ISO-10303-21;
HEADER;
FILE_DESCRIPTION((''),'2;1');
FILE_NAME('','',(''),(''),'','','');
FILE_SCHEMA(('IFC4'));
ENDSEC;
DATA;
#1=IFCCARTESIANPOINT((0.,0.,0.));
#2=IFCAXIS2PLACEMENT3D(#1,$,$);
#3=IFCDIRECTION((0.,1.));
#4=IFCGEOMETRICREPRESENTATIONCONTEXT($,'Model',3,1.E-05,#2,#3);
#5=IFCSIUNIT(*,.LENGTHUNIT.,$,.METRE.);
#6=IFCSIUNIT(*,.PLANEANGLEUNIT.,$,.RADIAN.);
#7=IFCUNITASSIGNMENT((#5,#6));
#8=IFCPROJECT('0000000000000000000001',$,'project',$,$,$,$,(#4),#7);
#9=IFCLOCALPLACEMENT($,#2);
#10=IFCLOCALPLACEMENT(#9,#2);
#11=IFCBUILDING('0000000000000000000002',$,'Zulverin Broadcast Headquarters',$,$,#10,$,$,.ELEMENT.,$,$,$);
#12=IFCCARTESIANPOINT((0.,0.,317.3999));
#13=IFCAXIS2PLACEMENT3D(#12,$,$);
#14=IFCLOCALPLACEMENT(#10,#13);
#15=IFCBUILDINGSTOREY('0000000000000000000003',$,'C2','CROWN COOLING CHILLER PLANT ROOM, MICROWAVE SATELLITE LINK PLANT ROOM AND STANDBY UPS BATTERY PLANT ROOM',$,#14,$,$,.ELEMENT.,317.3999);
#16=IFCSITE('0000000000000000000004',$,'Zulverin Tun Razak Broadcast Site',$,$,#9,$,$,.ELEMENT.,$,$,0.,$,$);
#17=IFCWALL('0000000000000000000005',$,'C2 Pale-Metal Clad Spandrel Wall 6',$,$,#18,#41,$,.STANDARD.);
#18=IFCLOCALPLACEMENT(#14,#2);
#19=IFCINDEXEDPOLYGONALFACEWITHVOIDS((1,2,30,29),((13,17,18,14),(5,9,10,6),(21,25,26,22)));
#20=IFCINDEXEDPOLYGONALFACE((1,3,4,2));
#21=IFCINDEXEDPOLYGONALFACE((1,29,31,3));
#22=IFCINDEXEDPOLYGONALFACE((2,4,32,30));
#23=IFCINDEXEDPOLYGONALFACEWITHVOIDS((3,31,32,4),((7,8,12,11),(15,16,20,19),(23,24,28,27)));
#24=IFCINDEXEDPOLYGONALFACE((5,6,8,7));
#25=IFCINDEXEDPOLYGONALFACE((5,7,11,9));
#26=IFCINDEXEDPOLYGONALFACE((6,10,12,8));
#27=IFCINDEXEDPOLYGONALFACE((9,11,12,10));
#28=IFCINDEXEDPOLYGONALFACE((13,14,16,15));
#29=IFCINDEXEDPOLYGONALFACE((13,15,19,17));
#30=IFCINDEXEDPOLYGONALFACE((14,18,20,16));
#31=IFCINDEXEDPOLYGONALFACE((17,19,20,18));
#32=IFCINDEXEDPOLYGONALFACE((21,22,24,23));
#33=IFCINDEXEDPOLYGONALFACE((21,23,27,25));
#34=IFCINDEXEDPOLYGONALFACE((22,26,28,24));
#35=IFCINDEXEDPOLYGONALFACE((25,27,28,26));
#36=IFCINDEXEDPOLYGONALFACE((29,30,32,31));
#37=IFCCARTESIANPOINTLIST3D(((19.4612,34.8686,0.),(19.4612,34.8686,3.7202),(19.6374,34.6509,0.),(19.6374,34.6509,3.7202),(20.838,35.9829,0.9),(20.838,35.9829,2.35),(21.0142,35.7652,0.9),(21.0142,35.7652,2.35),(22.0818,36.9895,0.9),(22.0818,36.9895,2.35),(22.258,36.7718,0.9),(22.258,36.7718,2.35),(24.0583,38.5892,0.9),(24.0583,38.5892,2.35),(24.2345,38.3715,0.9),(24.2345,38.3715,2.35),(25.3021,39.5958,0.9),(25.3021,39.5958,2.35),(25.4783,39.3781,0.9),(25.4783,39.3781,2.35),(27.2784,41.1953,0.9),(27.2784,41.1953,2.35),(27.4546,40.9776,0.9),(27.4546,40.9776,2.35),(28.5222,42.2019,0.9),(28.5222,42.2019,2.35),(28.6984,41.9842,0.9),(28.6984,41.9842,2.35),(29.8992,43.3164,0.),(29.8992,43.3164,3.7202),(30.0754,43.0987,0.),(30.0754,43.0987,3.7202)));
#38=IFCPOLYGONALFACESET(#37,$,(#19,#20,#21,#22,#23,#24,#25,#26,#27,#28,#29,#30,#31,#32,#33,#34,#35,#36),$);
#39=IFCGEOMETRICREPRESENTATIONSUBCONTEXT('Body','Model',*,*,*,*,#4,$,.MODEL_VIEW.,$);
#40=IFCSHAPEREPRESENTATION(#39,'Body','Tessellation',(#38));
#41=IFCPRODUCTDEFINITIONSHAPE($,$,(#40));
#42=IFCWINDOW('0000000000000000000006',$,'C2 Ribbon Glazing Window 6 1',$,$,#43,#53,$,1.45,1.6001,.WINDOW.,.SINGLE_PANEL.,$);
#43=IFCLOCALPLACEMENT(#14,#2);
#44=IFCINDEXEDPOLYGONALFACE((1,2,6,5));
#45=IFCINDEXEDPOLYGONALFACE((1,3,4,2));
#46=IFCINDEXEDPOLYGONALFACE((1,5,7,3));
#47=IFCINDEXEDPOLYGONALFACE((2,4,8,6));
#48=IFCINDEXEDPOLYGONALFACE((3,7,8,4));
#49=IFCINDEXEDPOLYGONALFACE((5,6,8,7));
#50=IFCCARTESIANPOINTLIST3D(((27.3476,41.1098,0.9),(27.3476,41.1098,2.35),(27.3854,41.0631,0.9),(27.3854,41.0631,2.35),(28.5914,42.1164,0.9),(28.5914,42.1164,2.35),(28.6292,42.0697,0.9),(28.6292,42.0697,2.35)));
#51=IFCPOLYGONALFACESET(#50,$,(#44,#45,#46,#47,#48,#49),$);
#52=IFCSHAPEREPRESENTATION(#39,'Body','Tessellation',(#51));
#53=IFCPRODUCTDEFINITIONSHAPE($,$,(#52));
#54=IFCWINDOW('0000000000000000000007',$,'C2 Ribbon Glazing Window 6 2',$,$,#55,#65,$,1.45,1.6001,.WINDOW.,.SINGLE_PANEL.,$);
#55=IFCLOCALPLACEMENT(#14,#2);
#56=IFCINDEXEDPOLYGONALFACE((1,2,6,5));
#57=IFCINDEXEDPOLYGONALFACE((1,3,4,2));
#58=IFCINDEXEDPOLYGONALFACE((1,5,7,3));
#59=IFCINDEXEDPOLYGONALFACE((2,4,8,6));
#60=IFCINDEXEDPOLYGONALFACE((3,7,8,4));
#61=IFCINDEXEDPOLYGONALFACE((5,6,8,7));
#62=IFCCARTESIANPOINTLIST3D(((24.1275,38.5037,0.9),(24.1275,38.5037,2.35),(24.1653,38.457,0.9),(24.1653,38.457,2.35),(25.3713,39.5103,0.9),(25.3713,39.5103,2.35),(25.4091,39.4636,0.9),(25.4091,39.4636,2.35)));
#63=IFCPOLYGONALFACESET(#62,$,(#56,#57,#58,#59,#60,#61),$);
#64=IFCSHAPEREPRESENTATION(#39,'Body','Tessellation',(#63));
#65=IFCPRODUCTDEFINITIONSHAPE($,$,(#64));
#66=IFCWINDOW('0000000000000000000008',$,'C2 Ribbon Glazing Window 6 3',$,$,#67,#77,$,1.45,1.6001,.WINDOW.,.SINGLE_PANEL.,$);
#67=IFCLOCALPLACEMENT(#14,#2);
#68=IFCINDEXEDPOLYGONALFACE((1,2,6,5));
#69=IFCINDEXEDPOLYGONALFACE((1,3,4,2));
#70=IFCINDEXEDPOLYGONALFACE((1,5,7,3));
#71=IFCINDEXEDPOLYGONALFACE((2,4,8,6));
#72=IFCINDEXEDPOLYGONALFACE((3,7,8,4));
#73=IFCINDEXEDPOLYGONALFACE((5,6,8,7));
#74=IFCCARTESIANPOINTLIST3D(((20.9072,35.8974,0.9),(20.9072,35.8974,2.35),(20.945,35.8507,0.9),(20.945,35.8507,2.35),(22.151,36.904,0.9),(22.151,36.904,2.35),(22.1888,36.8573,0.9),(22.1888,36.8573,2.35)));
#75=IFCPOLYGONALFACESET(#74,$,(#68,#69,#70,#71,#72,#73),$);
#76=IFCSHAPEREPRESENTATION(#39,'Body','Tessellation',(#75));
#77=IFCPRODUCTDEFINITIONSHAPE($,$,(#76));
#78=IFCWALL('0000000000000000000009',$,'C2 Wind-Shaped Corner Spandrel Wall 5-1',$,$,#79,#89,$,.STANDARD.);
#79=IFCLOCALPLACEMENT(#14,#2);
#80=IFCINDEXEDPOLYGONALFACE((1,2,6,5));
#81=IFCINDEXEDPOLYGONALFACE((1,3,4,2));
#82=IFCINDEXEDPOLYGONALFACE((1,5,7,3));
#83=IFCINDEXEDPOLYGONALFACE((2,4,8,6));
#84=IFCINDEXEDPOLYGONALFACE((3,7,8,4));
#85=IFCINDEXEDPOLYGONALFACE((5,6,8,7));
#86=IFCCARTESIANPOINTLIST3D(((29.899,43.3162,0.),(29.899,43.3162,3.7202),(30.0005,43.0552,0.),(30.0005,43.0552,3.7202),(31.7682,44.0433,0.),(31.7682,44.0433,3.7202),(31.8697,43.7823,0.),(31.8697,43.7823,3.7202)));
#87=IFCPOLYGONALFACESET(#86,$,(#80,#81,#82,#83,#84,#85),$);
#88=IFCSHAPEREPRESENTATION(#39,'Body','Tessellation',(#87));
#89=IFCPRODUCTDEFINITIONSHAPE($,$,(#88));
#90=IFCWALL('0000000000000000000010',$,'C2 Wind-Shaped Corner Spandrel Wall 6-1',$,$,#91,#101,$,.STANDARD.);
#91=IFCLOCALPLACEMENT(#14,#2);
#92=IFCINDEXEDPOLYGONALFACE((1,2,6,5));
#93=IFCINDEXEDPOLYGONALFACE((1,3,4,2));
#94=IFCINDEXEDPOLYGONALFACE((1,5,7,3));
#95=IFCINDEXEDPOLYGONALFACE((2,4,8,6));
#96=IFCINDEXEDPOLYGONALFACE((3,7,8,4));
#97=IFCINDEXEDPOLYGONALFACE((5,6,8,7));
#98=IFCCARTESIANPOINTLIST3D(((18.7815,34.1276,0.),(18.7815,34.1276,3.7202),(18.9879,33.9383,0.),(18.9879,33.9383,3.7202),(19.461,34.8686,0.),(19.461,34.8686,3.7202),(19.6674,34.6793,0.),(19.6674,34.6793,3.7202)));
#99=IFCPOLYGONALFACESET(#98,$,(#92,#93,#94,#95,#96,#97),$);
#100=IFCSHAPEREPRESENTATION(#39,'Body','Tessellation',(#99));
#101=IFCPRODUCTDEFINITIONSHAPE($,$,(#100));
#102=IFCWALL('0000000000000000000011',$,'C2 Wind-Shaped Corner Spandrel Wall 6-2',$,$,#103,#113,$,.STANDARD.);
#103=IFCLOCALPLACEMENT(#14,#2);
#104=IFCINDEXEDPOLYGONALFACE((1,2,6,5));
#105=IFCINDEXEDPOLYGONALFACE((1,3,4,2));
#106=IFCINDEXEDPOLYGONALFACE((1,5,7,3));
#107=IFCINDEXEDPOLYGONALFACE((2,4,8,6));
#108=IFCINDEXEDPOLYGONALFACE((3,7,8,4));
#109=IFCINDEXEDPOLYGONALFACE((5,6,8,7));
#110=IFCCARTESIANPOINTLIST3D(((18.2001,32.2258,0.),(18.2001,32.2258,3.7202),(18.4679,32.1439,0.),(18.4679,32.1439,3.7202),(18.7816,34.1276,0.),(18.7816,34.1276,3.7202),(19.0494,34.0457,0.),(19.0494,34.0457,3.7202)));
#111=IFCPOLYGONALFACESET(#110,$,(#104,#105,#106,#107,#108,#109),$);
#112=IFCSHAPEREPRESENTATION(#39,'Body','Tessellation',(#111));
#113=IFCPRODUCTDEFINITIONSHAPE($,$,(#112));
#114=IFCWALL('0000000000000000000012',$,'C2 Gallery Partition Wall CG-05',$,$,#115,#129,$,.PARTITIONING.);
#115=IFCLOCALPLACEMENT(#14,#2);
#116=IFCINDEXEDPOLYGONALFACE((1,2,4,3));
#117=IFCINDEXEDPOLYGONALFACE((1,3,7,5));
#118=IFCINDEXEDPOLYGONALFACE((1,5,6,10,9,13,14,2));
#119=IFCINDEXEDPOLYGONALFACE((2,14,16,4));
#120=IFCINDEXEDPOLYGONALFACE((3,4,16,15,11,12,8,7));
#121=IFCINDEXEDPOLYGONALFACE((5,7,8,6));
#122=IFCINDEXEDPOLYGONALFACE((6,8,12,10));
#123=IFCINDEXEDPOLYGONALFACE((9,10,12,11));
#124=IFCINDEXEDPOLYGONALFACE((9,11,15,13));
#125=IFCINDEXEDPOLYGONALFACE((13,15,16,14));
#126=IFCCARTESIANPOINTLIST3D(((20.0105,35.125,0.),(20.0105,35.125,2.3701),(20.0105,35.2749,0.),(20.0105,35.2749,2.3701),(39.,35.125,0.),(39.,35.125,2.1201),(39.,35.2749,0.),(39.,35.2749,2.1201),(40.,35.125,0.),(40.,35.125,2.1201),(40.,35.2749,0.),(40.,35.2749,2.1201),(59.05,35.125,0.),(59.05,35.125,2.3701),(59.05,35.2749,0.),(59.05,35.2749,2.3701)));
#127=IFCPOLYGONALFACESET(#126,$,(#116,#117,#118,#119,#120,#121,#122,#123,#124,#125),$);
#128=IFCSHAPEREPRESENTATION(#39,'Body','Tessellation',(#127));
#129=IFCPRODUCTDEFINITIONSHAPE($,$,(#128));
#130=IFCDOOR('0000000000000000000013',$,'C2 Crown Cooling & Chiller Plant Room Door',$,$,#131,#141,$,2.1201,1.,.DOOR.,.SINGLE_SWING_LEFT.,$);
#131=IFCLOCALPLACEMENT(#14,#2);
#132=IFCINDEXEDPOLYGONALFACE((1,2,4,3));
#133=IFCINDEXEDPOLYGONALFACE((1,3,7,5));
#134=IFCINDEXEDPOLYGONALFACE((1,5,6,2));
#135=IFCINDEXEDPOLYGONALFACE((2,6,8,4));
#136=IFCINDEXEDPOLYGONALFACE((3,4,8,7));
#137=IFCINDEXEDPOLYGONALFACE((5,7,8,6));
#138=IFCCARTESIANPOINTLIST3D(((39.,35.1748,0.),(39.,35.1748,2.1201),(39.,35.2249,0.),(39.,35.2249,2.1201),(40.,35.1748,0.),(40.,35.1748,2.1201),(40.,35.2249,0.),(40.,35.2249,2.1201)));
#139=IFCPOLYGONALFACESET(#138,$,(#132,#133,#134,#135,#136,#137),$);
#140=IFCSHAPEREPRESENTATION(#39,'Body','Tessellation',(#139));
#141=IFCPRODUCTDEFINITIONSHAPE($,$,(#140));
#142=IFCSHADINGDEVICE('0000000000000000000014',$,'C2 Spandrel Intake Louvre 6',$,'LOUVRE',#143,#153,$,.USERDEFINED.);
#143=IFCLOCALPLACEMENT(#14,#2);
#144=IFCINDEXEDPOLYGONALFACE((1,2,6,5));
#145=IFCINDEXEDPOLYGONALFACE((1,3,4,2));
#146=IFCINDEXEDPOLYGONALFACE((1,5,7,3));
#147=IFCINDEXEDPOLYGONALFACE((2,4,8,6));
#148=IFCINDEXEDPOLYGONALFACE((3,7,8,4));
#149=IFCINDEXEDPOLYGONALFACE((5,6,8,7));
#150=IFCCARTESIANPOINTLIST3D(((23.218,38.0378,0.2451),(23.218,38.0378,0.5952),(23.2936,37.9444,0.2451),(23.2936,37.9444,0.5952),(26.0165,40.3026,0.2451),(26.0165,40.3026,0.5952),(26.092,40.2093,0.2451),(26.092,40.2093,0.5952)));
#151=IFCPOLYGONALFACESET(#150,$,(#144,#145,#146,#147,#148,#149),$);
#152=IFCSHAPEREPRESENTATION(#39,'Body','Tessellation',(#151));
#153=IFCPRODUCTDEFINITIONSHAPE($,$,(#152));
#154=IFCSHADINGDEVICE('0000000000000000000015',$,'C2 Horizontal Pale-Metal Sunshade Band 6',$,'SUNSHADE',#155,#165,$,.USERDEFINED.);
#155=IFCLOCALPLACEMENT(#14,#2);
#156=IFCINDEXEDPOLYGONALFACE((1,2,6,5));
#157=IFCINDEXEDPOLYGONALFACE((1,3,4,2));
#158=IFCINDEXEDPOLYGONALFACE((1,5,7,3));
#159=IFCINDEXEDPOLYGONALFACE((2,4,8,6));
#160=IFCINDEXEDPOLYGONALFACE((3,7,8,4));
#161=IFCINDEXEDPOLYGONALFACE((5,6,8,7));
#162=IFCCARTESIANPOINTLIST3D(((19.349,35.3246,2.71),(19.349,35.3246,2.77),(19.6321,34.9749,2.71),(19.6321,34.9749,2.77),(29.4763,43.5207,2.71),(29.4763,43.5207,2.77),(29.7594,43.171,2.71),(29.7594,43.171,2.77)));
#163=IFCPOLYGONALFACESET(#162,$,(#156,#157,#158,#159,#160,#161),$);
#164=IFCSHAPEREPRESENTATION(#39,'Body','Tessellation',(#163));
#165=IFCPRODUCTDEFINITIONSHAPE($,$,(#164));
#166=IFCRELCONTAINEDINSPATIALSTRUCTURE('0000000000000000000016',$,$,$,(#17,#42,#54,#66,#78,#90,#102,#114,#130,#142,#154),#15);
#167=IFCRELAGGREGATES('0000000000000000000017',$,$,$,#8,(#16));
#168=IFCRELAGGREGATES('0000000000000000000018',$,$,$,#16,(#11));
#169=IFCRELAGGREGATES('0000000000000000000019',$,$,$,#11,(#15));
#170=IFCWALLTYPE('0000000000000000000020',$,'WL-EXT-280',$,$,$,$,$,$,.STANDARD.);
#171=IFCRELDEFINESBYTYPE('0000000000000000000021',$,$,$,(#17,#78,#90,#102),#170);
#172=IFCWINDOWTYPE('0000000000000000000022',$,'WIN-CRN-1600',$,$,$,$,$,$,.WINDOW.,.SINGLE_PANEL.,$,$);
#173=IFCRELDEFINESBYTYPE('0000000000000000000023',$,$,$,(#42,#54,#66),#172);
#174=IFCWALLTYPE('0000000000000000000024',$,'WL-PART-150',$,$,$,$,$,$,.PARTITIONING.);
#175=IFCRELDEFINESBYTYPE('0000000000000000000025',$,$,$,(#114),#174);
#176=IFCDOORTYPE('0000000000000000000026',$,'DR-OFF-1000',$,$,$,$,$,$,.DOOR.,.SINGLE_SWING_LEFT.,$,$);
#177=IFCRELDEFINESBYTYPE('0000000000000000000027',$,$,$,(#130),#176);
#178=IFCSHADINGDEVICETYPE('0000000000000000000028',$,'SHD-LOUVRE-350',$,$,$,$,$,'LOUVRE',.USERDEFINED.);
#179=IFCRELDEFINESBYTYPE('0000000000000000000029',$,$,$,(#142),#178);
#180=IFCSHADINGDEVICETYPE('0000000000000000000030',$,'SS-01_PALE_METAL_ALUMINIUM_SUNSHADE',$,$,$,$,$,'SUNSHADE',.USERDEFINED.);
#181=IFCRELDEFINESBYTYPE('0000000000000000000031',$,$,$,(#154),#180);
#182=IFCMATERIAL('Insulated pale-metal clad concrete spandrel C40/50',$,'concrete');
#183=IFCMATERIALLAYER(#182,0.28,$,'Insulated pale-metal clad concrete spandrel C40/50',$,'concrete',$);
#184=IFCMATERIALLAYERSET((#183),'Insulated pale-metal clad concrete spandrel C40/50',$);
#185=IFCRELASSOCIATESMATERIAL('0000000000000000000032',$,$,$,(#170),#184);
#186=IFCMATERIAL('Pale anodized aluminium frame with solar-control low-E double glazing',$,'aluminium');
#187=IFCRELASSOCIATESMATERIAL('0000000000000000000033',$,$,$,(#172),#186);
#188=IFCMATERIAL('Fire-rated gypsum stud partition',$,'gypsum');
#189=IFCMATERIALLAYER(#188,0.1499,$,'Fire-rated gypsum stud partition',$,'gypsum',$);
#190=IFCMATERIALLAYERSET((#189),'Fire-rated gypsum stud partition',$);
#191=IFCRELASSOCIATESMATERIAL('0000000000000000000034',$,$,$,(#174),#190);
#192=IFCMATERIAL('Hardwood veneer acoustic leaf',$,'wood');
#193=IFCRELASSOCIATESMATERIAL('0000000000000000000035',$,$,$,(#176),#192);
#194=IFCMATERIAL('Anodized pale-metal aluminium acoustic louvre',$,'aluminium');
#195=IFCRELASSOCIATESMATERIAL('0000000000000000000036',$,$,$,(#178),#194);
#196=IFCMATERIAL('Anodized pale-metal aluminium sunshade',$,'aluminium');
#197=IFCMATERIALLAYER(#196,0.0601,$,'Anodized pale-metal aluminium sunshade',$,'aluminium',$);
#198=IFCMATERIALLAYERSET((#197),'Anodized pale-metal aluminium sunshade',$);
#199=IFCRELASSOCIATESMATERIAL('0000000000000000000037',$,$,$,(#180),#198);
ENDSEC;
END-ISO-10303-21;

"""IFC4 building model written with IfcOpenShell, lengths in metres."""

from ifc_helpers import new_model, si_unit, direction, frame, frame_2d, origin, origin_2d, place, context, subcontext, project, spatial, rectangle, extrude, material, layer, layer_set, type_object, element, fill, save


model = new_model("IFC4")

# Units and contexts
model_context = context("Model", 3, precision=1e-05, world=origin(), true_north=direction((0.0, 1.0)))
body_context = subcontext(model_context, "Body", "Model", "MODEL_VIEW")
ifc_project = project(units=[si_unit("LENGTHUNIT", "METRE"), si_unit("PLANEANGLEUNIT", "RADIAN")], contexts=[model_context])

# Site, building, storey
site_placement = place(None, origin())
site = spatial("IfcSite", under=ifc_project, at=site_placement, Name="Zulverin Tun Razak Broadcast Site", CompositionType="ELEMENT", RefElevation=0.0)
building_placement = place(site_placement, origin())
building = spatial("IfcBuilding", under=site, at=building_placement, Name="Zulverin Broadcast Headquarters", CompositionType="ELEMENT")
storey_placement = place(building_placement, frame((0.0, 0.0, 317.3999)))
storey = spatial("IfcBuildingStorey", under=building, at=storey_placement, Name="C2", Description="CROWN COOLING CHILLER PLANT ROOM, MICROWAVE SATELLITE LINK PLANT ROOM AND STANDBY UPS BATTERY PLANT ROOM", CompositionType="ELEMENT", Elevation=317.3999)

# Wall, openings, windows
ifc_material_1 = material(Name="Insulated pale-metal clad concrete spandrel C40/50", Category="concrete")
ifc_layer_1 = layer(ifc_material_1, 0.28, Name="Insulated pale-metal clad concrete spandrel C40/50", Category="concrete")
ifc_layer_set_1 = layer_set([ifc_layer_1], Name="Insulated pale-metal clad concrete spandrel C40/50")
wall_type_1 = type_object("IfcWallType", Name="WL-EXT-280", PredefinedType="STANDARD", material=ifc_layer_set_1)
wall_1_placement = place(storey_placement, frame((29.9873, 43.2075, 0.0), z_axis=(0.0, 0.0, 1.0), x_axis=(-0.777319, -0.629106, 0.0)))
wall_1 = element("IfcWall", 1, at=wall_1_placement, inside=storey, type_object=wall_type_1, Name="C2 Pale-Metal Clad Spandrel Wall 6", PredefinedType="STANDARD", context=body_context, shape_type="SweptSolid", body=[
    extrude(rectangle(XDim=13.4282, YDim=0.28, at=frame_2d((6.7141, 0.0))), origin(), (0.0, 0.0, 1.0), 3.7202),
])
opening_1_placement = place(wall_1_placement, frame((1.7715, 0.0, 0.8999)))
opening_1 = element("IfcOpeningElement", 2, at=opening_1_placement, cuts=wall_1, PredefinedType="OPENING", context=body_context, shape_type="SweptSolid", body=[
    extrude(rectangle(XDim=1.6001, YDim=1.45, at=frame_2d((0.8, 0.7251))), frame((0.0, 0.1499, 0.0), z_axis=(0.0, -1.0, 0.0), x_axis=(1.0, 0.0, 0.0)), (0.0, 0.0, 1.0), 0.3),
])
opening_2_placement = place(wall_1_placement, frame((5.9141, 0.0, 0.8999)))
opening_2 = element("IfcOpeningElement", 3, at=opening_2_placement, cuts=wall_1, PredefinedType="OPENING", context=body_context, shape_type="SweptSolid", body=[
    extrude(rectangle(XDim=1.6001, YDim=1.45, at=frame_2d((0.8, 0.7251))), frame((0.0, 0.1499, 0.0), z_axis=(0.0, -1.0, 0.0), x_axis=(1.0, 0.0, 0.0)), (0.0, 0.0, 1.0), 0.3),
])
opening_3_placement = place(wall_1_placement, frame((10.0569, 0.0, 0.8999)))
opening_3 = element("IfcOpeningElement", 4, at=opening_3_placement, cuts=wall_1, PredefinedType="OPENING", context=body_context, shape_type="SweptSolid", body=[
    extrude(rectangle(XDim=1.6001, YDim=1.45, at=frame_2d((0.8, 0.7251))), frame((0.0, 0.1499, 0.0), z_axis=(0.0, -1.0, 0.0), x_axis=(1.0, 0.0, 0.0)), (0.0, 0.0, 1.0), 0.3),
])
ifc_material_2 = material(Name="Pale anodized aluminium frame with solar-control low-E double glazing", Category="aluminium")
window_type = type_object("IfcWindowType", Name="WIN-CRN-1600", PartitioningType="SINGLE_PANEL", PredefinedType="WINDOW", material=ifc_material_2)
window_1_placement = place(opening_1_placement, origin())
window_1 = element("IfcWindow", 5, at=window_1_placement, inside=storey, type_object=window_type, Name="C2 Ribbon Glazing Window 6 1", OverallHeight=1.45, OverallWidth=1.6001, PartitioningType="SINGLE_PANEL", PredefinedType="WINDOW", context=body_context, shape_type="SweptSolid", body=[
    extrude(rectangle(XDim=1.6001, YDim=1.45, at=frame_2d((0.8, 0.7251))), frame((0.0, 0.03, 0.0), z_axis=(0.0, -1.0, 0.0), x_axis=(1.0, 0.0, 0.0)), (0.0, 0.0, 1.0), 0.0601),
])
fill(opening_1, window_1)
window_2_placement = place(opening_2_placement, origin())
window_2 = element("IfcWindow", 6, at=window_2_placement, inside=storey, type_object=window_type, Name="C2 Ribbon Glazing Window 6 2", OverallHeight=1.45, OverallWidth=1.6001, PartitioningType="SINGLE_PANEL", PredefinedType="WINDOW", context=body_context, shape_type="SweptSolid", body=[
    extrude(rectangle(XDim=1.6001, YDim=1.45, at=frame_2d((0.8, 0.7251))), frame((0.0, 0.03, 0.0), z_axis=(0.0, -1.0, 0.0), x_axis=(1.0, 0.0, 0.0)), (0.0, 0.0, 1.0), 0.0601),
])
fill(opening_2, window_2)
window_3_placement = place(opening_3_placement, origin())
window_3 = element("IfcWindow", 7, at=window_3_placement, inside=storey, type_object=window_type, Name="C2 Ribbon Glazing Window 6 3", OverallHeight=1.45, OverallWidth=1.6001, PartitioningType="SINGLE_PANEL", PredefinedType="WINDOW", context=body_context, shape_type="SweptSolid", body=[
    extrude(rectangle(XDim=1.6001, YDim=1.45, at=frame_2d((0.8, 0.7251))), frame((0.0, 0.03, 0.0), z_axis=(0.0, -1.0, 0.0), x_axis=(1.0, 0.0, 0.0)), (0.0, 0.0, 1.0), 0.0601),
])
fill(opening_3, window_3)

# Walls
wall_2_placement = place(storey_placement, frame((31.8191, 43.9128, 0.0), z_axis=(0.0, 0.0, 1.0), x_axis=(-0.931977, -0.362517, 0.0)))
element("IfcWall", 8, at=wall_2_placement, inside=storey, type_object=wall_type_1, Name="C2 Wind-Shaped Corner Spandrel Wall 5-1", PredefinedType="STANDARD", context=body_context, shape_type="SweptSolid", body=[
    extrude(rectangle(XDim=2.0056, YDim=0.28, at=frame_2d((1.0029, 0.0))), origin(), (0.0, 0.0, 1.0), 3.7202),
])
wall_3_placement = place(storey_placement, frame((19.5642, 34.7739, 0.0), z_axis=(0.0, 0.0, 1.0), x_axis=(-0.675846, -0.737043, 0.0)))
element("IfcWall", 9, at=wall_3_placement, inside=storey, type_object=wall_type_1, Name="C2 Wind-Shaped Corner Spandrel Wall 6-1", PredefinedType="STANDARD", context=body_context, shape_type="SweptSolid", body=[
    extrude(rectangle(XDim=1.0054, YDim=0.28, at=frame_2d((0.5027, 0.0))), origin(), (0.0, 0.0, 1.0), 3.7202),
])
wall_4_placement = place(storey_placement, frame((18.9155, 34.0867, 0.0), z_axis=(0.0, 0.0, 1.0), x_axis=(-0.292412, -0.956292, 0.0)))
element("IfcWall", 10, at=wall_4_placement, inside=storey, type_object=wall_type_1, Name="C2 Wind-Shaped Corner Spandrel Wall 6-2", PredefinedType="STANDARD", context=body_context, shape_type="SweptSolid", body=[
    extrude(rectangle(XDim=1.9888, YDim=0.28, at=frame_2d((0.9944, 0.0))), origin(), (0.0, 0.0, 1.0), 3.7202),
])

# Wall, opening, door
ifc_material_3 = material(Name="Fire-rated gypsum stud partition", Category="gypsum")
ifc_layer_2 = layer(ifc_material_3, 0.1499, Name="Fire-rated gypsum stud partition", Category="gypsum")
ifc_layer_set_2 = layer_set([ifc_layer_2], Name="Fire-rated gypsum stud partition")
wall_type_2 = type_object("IfcWallType", Name="WL-PART-150", PredefinedType="PARTITIONING", material=ifc_layer_set_2)
wall_5_placement = place(storey_placement, frame((20.0105, 35.2, 0.0), z_axis=(0.0, 0.0, 1.0), x_axis=(1.0, 0.0, 0.0)))
wall_5 = element("IfcWall", 11, at=wall_5_placement, inside=storey, type_object=wall_type_2, Name="C2 Gallery Partition Wall CG-05", PredefinedType="PARTITIONING", context=body_context, shape_type="SweptSolid", body=[
    extrude(rectangle(XDim=39.0396, YDim=0.1499, at=frame_2d((19.5198, 0.0))), origin(), (0.0, 0.0, 1.0), 2.3701),
])
opening_4_placement = place(wall_5_placement, frame((18.9895, 0.0, 0.0)))
opening_4 = element("IfcOpeningElement", 12, at=opening_4_placement, cuts=wall_5, PredefinedType="OPENING", context=body_context, shape_type="SweptSolid", body=[
    extrude(rectangle(XDim=1.0, YDim=2.1201, at=frame_2d((0.5, 1.0601))), frame((0.0, 0.085, 0.0), z_axis=(0.0, -1.0, 0.0), x_axis=(1.0, 0.0, 0.0)), (0.0, 0.0, 1.0), 0.1699),
])
ifc_material_4 = material(Name="Hardwood veneer acoustic leaf", Category="wood")
door_type = type_object("IfcDoorType", Name="DR-OFF-1000", OperationType="SINGLE_SWING_LEFT", PredefinedType="DOOR", material=ifc_material_4)
door_placement = place(opening_4_placement, origin())
door = element("IfcDoor", 13, at=door_placement, inside=storey, type_object=door_type, Name="C2 Crown Cooling & Chiller Plant Room Door", OperationType="SINGLE_SWING_LEFT", OverallHeight=2.1201, OverallWidth=1.0, PredefinedType="DOOR", context=body_context, shape_type="SweptSolid", body=[
    extrude(rectangle(XDim=1.0, YDim=2.1201, at=frame_2d((0.5, 1.0601))), frame((0.0, 0.0249, 0.0), z_axis=(0.0, -1.0, 0.0), x_axis=(1.0, 0.0, 0.0)), (0.0, 0.0, 1.0), 0.05),
])
fill(opening_4, door)

# Shading devices
ifc_material_5 = material(Name="Anodized pale-metal aluminium acoustic louvre", Category="aluminium")
shading_device_type_1 = type_object("IfcShadingDeviceType", Name="SHD-LOUVRE-350", ElementType="LOUVRE", PredefinedType="USERDEFINED", material=ifc_material_5)
shading_device_1_placement = place(storey_placement, frame((24.655, 39.1235, 0.2451), z_axis=(0.0, 0.0, 1.0), x_axis=(-0.777325, -0.629099, 0.0)))
element("IfcShadingDevice", 14, at=shading_device_1_placement, inside=storey, type_object=shading_device_type_1, Name="C2 Spandrel Intake Louvre 6", ObjectType="LOUVRE", PredefinedType="USERDEFINED", context=body_context, shape_type="SweptSolid", body=[
    extrude(rectangle(XDim=3.6001, YDim=0.1201, at=origin_2d()), origin(), (0.0, 0.0, 1.0), 0.3501),
])
ifc_material_6 = material(Name="Anodized pale-metal aluminium sunshade", Category="aluminium")
ifc_layer_3 = layer(ifc_material_6, 0.0601, Name="Anodized pale-metal aluminium sunshade", Category="aluminium")
ifc_layer_set_3 = layer_set([ifc_layer_3], Name="Anodized pale-metal aluminium sunshade")
shading_device_type_2 = type_object("IfcShadingDeviceType", Name="SS-01_PALE_METAL_ALUMINIUM_SUNSHADE", ElementType="SUNSHADE", PredefinedType="USERDEFINED", material=ifc_layer_set_3)
shading_device_2_placement = place(storey_placement, frame((24.5542, 39.2478, 2.71), z_axis=(0.0, 0.0, 1.0), x_axis=(-0.777325, -0.629099, 0.0)))
element("IfcShadingDevice", 15, at=shading_device_2_placement, inside=storey, type_object=shading_device_type_2, Name="C2 Horizontal Pale-Metal Sunshade Band 6", ObjectType="SUNSHADE", PredefinedType="USERDEFINED", context=body_context, shape_type="SweptSolid", body=[
    extrude(rectangle(XDim=13.0283, YDim=0.45, at=origin_2d()), origin(), (0.0, 0.0, 1.0), 0.0601),
])

save(model, "model.ifc")
